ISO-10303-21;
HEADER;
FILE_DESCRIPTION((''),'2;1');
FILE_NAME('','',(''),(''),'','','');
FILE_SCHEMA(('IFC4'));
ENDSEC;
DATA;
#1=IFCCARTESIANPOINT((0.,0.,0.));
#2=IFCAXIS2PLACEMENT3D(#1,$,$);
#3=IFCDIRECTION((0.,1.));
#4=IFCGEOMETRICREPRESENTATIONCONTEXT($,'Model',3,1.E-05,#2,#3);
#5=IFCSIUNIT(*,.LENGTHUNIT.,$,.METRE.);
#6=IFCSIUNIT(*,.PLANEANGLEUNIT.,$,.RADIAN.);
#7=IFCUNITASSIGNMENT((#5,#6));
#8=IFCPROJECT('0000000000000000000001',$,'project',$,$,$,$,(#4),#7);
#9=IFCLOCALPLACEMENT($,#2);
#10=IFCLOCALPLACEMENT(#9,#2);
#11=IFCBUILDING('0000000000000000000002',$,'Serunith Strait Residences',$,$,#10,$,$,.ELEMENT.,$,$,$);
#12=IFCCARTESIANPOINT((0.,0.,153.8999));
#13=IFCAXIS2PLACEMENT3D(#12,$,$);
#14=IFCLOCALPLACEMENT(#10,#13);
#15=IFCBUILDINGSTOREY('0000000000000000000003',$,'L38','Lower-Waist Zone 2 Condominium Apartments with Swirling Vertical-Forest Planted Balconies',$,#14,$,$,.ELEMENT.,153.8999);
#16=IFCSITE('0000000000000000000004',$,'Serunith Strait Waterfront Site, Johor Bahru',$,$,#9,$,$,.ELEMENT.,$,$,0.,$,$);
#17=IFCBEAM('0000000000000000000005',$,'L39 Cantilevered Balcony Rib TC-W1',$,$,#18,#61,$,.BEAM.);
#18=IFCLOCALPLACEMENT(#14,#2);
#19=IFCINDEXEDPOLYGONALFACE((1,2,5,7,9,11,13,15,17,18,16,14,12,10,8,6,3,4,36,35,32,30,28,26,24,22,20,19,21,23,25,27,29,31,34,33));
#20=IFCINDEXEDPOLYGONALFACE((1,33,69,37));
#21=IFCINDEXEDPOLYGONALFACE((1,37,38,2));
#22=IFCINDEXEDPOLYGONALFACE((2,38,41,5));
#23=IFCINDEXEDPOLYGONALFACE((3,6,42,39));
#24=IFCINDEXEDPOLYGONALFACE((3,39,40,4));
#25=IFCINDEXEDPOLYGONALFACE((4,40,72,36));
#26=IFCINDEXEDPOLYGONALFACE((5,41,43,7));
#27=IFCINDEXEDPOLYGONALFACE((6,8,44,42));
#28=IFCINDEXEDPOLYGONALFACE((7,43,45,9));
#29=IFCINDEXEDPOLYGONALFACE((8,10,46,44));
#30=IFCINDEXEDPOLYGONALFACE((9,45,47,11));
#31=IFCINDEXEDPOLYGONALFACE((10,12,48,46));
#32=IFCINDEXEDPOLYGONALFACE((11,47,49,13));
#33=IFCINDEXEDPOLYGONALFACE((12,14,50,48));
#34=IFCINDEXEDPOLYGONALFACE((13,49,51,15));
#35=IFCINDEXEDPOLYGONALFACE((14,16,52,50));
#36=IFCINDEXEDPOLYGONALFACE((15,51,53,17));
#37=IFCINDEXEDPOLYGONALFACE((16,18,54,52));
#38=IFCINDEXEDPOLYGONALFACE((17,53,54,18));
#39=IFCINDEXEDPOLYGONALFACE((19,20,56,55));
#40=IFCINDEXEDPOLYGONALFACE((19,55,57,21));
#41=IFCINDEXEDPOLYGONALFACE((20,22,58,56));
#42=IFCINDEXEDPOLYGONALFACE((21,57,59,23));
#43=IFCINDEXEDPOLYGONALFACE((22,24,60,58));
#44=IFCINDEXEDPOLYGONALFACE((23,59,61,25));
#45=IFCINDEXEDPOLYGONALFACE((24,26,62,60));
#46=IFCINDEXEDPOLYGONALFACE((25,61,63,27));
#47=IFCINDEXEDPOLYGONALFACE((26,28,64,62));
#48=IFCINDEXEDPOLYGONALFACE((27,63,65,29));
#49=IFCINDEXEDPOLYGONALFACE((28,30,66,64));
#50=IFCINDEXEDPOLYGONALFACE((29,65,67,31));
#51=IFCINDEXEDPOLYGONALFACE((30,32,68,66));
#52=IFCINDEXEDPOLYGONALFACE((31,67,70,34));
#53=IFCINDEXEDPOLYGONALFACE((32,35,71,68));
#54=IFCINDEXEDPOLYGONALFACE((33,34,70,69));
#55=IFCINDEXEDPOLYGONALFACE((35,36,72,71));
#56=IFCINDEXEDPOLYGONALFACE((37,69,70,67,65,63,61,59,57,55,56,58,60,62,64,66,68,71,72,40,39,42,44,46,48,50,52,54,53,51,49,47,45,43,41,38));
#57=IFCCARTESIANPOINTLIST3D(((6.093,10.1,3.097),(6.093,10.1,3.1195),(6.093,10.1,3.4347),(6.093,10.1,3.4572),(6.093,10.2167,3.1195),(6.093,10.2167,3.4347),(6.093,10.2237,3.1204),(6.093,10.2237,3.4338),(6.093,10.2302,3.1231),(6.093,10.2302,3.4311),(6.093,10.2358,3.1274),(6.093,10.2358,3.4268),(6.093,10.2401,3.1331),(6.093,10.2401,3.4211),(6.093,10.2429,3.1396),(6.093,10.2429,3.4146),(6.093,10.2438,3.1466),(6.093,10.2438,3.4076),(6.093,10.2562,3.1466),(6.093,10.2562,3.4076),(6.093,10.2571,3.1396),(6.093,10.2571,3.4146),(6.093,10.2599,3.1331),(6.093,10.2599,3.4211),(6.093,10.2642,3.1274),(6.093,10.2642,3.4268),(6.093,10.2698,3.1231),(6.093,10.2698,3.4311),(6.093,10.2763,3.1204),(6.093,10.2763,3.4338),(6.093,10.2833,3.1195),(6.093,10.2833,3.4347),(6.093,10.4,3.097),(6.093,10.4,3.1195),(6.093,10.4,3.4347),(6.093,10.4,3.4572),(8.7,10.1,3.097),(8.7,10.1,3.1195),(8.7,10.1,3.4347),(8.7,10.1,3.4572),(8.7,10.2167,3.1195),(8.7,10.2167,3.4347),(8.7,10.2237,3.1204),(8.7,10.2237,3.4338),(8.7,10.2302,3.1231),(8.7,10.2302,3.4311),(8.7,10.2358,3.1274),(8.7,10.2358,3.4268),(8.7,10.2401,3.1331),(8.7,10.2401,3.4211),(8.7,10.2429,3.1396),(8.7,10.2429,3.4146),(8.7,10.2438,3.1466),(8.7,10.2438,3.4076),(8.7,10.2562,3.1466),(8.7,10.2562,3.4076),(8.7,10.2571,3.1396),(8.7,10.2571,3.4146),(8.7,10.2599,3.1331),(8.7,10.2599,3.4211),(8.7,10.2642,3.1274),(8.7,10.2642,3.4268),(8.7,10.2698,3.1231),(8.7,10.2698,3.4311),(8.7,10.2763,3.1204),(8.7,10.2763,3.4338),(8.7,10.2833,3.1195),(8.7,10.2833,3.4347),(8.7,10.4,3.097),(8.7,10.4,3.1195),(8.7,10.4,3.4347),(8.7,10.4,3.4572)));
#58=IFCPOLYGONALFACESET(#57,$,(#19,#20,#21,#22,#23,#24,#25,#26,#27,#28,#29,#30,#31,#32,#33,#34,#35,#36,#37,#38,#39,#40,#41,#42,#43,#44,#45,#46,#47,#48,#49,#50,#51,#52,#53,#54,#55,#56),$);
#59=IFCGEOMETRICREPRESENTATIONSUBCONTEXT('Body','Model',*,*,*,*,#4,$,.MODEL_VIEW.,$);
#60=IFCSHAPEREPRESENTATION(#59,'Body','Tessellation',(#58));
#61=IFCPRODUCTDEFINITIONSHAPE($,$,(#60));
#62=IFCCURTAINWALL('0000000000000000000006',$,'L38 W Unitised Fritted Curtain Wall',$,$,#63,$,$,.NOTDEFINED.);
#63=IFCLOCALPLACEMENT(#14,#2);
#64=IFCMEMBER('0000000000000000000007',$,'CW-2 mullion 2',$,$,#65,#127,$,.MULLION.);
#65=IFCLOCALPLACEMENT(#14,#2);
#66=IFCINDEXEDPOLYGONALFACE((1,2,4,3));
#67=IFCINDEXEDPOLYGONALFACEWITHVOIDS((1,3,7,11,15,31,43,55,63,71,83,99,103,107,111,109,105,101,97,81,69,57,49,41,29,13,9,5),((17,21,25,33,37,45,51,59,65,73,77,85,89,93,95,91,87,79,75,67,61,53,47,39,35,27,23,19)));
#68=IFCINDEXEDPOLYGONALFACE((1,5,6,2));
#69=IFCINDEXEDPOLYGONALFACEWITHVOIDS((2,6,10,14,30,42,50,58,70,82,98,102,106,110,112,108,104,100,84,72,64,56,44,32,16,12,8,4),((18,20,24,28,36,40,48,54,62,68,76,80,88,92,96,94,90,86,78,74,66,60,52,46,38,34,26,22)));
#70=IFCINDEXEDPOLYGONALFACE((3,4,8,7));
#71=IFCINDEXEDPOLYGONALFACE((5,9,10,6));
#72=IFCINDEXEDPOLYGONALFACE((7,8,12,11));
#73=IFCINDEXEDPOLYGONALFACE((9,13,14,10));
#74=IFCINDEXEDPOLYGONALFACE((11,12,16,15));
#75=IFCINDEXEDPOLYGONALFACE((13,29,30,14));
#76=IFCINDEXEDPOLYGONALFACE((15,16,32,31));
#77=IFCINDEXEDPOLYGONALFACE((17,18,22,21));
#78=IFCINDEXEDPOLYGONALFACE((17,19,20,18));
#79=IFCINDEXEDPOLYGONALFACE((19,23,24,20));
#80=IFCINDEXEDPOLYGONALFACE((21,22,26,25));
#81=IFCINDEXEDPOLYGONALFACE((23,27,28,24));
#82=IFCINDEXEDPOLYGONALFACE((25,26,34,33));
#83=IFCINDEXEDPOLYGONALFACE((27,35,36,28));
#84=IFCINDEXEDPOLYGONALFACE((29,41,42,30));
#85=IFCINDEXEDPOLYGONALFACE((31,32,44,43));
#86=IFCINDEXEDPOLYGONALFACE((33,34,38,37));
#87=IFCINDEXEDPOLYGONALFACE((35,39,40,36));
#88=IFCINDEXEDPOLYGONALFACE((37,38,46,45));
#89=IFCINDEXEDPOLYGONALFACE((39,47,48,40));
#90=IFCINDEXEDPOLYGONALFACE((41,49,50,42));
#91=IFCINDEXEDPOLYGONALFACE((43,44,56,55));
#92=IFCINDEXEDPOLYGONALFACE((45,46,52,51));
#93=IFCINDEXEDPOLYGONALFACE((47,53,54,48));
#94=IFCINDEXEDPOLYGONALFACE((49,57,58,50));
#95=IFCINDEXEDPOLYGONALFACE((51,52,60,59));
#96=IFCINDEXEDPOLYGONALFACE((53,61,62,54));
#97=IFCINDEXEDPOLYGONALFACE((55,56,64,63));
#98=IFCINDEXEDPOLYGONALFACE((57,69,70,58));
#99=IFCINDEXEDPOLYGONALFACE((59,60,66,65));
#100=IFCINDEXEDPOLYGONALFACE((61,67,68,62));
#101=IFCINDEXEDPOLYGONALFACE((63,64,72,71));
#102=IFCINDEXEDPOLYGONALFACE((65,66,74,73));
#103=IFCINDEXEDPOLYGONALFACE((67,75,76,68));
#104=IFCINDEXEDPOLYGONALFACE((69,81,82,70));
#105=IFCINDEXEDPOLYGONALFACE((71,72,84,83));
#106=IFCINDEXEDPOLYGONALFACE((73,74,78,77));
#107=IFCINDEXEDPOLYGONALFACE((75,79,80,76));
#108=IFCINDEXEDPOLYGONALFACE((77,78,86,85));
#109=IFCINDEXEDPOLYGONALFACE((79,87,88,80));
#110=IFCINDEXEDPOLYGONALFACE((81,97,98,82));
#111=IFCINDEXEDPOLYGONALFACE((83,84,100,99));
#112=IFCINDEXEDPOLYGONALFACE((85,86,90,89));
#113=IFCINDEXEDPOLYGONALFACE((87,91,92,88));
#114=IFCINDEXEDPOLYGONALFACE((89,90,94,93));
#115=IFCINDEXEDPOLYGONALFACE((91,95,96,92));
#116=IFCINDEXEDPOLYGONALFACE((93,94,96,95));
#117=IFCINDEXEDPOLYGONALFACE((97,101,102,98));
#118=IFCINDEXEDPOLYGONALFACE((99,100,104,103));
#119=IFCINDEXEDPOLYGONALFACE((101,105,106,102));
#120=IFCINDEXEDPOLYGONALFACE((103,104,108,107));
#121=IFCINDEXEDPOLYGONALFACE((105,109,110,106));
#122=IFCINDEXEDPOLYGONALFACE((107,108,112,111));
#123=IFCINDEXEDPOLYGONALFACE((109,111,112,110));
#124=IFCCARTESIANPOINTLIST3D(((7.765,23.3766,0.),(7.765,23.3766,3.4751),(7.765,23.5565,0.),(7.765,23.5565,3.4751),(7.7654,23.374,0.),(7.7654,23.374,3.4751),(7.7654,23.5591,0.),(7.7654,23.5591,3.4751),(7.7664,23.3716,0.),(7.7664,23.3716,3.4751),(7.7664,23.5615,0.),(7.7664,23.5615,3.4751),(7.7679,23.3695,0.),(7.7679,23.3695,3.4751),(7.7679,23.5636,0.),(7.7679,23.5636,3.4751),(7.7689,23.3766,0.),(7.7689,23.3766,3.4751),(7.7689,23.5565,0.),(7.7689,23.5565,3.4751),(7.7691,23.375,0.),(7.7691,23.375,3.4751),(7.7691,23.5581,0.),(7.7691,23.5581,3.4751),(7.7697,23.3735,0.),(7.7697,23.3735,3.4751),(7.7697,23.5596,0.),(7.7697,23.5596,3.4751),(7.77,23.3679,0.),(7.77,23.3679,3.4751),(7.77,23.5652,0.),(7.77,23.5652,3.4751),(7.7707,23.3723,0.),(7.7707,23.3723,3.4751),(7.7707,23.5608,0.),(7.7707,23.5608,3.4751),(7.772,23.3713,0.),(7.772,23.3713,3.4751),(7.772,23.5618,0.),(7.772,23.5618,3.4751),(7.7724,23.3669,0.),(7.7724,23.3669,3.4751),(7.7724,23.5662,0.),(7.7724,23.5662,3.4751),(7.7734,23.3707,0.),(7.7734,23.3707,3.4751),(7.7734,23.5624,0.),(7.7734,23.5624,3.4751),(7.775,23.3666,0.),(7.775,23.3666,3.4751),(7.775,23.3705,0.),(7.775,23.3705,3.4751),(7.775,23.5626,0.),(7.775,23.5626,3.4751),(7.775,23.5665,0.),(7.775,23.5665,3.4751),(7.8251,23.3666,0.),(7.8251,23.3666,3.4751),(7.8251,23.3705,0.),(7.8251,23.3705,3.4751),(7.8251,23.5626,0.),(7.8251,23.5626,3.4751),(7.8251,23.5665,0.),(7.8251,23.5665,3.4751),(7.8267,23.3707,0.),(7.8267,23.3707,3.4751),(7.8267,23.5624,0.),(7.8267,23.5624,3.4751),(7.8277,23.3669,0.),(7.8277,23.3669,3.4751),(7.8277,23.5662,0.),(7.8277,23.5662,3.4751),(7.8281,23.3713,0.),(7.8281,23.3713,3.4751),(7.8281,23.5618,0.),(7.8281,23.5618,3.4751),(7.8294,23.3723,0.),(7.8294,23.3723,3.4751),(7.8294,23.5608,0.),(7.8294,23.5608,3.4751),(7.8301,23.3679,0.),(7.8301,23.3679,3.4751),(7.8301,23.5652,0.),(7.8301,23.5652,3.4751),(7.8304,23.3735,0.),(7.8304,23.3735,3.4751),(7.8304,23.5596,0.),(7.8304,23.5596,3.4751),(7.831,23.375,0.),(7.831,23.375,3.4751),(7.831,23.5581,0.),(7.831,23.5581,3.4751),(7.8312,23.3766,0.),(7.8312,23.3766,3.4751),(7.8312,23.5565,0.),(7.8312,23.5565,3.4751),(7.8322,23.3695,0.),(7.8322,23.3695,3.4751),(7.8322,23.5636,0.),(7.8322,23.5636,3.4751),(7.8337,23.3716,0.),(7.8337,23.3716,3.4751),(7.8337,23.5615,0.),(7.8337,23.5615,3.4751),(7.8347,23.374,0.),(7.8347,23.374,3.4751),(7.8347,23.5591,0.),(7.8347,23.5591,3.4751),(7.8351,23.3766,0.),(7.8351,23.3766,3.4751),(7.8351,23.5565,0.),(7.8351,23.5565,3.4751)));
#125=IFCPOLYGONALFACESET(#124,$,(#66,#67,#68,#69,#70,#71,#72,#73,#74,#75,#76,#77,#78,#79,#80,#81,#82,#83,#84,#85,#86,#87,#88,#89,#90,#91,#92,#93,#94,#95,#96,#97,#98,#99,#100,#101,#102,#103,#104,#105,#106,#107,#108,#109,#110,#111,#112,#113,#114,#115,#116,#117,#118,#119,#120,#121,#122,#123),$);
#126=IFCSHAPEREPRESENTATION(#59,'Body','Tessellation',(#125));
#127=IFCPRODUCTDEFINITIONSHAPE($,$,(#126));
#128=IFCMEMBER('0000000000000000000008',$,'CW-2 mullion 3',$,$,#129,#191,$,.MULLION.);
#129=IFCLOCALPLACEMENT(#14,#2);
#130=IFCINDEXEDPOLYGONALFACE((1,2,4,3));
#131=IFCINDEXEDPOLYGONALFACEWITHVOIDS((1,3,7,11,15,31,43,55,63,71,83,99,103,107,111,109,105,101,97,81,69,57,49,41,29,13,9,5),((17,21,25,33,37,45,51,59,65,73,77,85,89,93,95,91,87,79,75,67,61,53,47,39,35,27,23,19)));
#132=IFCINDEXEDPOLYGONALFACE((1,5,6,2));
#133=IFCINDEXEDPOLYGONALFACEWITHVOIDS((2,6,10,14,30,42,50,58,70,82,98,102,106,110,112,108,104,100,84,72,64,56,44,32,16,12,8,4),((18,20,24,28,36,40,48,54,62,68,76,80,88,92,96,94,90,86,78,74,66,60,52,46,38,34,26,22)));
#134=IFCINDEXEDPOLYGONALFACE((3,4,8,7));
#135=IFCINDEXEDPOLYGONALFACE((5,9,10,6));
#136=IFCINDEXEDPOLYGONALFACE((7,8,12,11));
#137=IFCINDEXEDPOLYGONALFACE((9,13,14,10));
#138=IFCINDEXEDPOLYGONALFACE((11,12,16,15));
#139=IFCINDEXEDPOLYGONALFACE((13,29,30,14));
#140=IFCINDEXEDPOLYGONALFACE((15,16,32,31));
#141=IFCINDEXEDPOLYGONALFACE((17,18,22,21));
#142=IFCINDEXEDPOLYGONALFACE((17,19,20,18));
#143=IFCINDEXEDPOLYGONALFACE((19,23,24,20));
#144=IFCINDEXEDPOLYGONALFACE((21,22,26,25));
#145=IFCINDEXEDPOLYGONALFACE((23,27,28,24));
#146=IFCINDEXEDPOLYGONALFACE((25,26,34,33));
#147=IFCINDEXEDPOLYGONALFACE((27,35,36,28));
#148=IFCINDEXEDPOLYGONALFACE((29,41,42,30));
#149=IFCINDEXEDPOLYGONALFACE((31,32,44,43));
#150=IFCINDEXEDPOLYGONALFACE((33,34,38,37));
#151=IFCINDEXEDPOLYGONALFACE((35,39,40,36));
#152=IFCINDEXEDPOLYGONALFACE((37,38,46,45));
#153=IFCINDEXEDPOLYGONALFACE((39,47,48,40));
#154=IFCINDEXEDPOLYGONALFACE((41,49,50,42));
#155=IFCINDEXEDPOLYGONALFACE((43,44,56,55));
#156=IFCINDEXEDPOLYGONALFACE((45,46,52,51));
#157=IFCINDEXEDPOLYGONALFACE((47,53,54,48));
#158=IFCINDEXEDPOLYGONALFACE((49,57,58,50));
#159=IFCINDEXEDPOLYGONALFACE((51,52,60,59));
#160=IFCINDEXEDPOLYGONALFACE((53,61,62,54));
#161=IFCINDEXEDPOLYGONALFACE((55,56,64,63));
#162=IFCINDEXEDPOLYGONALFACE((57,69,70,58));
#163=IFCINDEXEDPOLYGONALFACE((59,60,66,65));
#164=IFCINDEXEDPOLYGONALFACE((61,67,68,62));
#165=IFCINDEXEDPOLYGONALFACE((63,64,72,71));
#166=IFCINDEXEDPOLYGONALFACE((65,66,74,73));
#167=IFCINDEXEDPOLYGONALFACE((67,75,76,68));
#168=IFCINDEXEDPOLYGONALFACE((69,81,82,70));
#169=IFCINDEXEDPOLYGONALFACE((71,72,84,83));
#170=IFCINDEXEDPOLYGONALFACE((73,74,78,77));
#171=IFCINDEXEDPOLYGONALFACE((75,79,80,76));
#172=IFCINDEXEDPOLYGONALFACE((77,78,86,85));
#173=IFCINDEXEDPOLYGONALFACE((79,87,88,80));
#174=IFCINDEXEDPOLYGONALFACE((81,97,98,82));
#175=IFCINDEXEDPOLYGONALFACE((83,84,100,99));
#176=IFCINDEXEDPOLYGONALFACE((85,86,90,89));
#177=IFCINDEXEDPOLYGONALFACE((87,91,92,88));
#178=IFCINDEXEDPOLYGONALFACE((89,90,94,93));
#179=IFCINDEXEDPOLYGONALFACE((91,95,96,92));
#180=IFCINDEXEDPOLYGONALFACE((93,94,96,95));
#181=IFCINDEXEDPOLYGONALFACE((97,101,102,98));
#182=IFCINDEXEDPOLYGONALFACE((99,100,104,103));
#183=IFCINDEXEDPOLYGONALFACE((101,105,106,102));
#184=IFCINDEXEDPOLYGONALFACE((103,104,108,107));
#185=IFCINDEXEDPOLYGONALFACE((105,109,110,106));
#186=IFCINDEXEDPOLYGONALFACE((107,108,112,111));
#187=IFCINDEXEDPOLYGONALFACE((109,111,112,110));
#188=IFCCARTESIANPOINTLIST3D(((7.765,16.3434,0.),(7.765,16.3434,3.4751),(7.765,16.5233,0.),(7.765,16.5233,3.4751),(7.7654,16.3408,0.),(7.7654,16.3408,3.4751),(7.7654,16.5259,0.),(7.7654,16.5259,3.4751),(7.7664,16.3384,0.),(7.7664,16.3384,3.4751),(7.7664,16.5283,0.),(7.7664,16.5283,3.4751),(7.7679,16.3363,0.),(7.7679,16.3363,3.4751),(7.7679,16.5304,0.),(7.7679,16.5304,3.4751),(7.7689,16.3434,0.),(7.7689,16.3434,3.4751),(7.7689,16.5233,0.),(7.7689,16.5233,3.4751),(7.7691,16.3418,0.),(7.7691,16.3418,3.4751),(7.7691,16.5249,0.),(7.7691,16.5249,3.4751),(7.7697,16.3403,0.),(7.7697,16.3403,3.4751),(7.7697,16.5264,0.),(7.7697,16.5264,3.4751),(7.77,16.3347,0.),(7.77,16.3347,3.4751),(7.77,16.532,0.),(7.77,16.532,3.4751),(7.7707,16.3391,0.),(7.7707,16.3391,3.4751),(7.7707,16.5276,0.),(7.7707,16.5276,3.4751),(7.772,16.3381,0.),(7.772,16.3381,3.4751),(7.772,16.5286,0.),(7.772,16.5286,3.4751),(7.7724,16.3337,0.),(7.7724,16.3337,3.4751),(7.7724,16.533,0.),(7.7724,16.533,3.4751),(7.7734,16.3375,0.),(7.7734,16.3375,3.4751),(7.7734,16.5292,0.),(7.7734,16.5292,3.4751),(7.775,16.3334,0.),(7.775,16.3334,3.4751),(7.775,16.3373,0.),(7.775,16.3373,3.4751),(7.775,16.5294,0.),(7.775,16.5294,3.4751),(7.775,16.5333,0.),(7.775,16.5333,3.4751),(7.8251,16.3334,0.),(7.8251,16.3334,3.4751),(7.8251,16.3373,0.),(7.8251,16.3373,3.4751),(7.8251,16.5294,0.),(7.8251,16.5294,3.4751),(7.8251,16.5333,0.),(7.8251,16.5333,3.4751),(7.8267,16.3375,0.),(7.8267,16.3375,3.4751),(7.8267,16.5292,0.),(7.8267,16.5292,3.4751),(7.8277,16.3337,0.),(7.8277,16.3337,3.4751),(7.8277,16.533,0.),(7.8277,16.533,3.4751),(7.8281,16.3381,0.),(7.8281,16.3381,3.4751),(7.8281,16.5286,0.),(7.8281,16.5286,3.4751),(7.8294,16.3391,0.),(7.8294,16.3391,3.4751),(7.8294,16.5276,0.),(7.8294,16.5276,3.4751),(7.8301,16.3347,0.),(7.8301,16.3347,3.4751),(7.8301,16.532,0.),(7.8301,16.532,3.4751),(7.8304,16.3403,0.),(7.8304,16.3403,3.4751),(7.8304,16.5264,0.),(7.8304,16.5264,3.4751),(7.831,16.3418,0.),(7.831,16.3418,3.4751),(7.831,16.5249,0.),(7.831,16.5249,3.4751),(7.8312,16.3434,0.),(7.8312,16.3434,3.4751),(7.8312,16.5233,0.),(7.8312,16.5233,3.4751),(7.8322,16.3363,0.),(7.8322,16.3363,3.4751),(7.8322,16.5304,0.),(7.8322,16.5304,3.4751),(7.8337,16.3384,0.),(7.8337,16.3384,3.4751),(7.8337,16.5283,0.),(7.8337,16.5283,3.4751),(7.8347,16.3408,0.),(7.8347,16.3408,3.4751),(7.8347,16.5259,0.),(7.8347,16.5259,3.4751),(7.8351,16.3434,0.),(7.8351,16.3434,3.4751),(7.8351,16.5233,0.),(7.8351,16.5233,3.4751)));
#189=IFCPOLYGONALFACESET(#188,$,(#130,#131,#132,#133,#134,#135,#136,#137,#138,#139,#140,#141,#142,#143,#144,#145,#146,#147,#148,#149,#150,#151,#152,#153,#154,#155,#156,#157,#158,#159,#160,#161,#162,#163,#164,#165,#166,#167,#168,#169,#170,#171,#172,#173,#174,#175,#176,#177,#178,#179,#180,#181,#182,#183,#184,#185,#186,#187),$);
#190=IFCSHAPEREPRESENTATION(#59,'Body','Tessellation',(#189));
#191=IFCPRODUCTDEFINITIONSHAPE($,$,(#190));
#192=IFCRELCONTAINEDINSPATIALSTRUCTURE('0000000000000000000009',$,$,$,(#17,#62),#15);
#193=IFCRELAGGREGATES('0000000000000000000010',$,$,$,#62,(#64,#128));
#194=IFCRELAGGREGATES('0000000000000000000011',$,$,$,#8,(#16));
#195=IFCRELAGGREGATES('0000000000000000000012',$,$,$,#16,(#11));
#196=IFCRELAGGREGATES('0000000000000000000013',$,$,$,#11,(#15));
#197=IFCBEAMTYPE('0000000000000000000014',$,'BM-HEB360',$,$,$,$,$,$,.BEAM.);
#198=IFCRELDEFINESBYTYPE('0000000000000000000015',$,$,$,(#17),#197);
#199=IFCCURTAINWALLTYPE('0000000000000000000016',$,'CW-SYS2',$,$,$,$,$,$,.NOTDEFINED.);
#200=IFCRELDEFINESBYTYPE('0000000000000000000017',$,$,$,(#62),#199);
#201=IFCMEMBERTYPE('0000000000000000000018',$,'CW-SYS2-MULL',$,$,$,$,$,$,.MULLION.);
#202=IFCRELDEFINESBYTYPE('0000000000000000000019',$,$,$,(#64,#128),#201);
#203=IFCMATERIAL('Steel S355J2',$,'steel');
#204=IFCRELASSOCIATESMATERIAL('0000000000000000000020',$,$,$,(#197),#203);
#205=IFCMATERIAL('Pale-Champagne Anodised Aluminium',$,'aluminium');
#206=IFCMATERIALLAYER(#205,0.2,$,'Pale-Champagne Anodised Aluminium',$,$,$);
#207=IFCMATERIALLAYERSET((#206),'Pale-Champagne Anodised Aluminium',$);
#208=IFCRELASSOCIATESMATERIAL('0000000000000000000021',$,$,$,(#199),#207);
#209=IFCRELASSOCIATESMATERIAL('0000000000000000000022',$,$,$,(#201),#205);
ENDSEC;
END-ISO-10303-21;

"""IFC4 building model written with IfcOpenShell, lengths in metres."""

from ifc_helpers import new_model, si_unit, direction, frame, origin, origin_2d, place, context, subcontext, project, spatial, hollow_rectangle, i_section, extrude, source, transform, mapped, material, layer, layer_set, material_profile, profile_set, type_object, element, aggregate, save


model = new_model("IFC4")

# Units and contexts
model_context = context("Model", 3, precision=1e-05, world=origin(), true_north=direction((0.0, 1.0)))
body_context = subcontext(model_context, "Body", "Model", "MODEL_VIEW")
ifc_project = project(units=[si_unit("LENGTHUNIT", "METRE"), si_unit("PLANEANGLEUNIT", "RADIAN")], contexts=[model_context])

# Site, building, storey
site_placement = place(None, origin())
site = spatial("IfcSite", under=ifc_project, at=site_placement, Name="Serunith Strait Waterfront Site, Johor Bahru", CompositionType="ELEMENT", RefElevation=0.0)
building_placement = place(site_placement, origin())
building = spatial("IfcBuilding", under=site, at=building_placement, Name="Serunith Strait Residences", CompositionType="ELEMENT")
storey_placement = place(building_placement, frame((0.0, 0.0, 153.8999)))
storey = spatial("IfcBuildingStorey", under=building, at=storey_placement, Name="L38", Description="Lower-Waist Zone 2 Condominium Apartments with Swirling Vertical-Forest Planted Balconies", CompositionType="ELEMENT", Elevation=153.8999)

# Beam
ifc_material_1 = material(Name="Steel S355J2", Category="steel")
ifc_material_profile_1 = material_profile(ifc_material_1, i_section(OverallWidth=0.3, OverallDepth=0.3601, WebThickness=0.0125, FlangeThickness=0.0225, FilletRadius=0.0271, at=origin_2d()), Name="HEB 360")
ifc_profile_set_1 = profile_set([ifc_material_profile_1], Name="Steel S355J2")
beam_type_1 = type_object("IfcBeamType", Name="BM-HEB360", PredefinedType="BEAM", material=ifc_profile_set_1)
shared_shape_1 = source(origin(), body_context, "Body", "SweptSolid", [
    extrude(i_section(OverallWidth=0.3, OverallDepth=0.3601, WebThickness=0.0125, FlangeThickness=0.0225, FilletRadius=0.0271, at=origin_2d()), origin(), (0.0, 0.0, 1.0), 2.6069),
])
beam_1_placement = place(storey_placement, frame((8.7, 10.25, 3.2771), z_axis=(-1.0, 0.0, 0.0), x_axis=(0.0, -1.0, 0.0)))
element("IfcBeam", 1, at=beam_1_placement, inside=storey, type_object=beam_type_1, Name="L39 Cantilevered Balcony Rib TC-W1", PredefinedType="BEAM", context=body_context, shape_type="MappedRepresentation", body=[
    mapped(shared_shape_1, transform((0.0, 0.0, 0.0), scale=1.0)),
])

# Curtain wall, members
ifc_material_2 = material(Name="Pale-Champagne Anodised Aluminium", Category="aluminium")
ifc_layer_1 = layer(ifc_material_2, 0.2, Name="Pale-Champagne Anodised Aluminium")
ifc_layer_set_1 = layer_set([ifc_layer_1], Name="Pale-Champagne Anodised Aluminium")
curtain_wall_type = type_object("IfcCurtainWallType", Name="CW-SYS2", PredefinedType="NOTDEFINED", material=ifc_layer_set_1)
curtain_wall_placement = place(storey_placement, origin())
curtain_wall = element("IfcCurtainWall", 2, at=curtain_wall_placement, inside=storey, type_object=curtain_wall_type, Name="L38 W Unitised Fritted Curtain Wall", PredefinedType="NOTDEFINED")
ifc_material_profile_2 = material_profile(ifc_material_2, hollow_rectangle(XDim=0.0701, YDim=0.2, WallThickness=0.0039, InnerFilletRadius=0.0061, OuterFilletRadius=0.01, at=origin_2d()), Name="ALU 200x70x4")
ifc_profile_set_2 = profile_set([ifc_material_profile_2], Name="Pale-Champagne Anodised Aluminium")
member_type_1 = type_object("IfcMemberType", Name="CW-SYS2-MULL", PredefinedType="MULLION", material=ifc_profile_set_2)
shared_shape_2 = source(origin(), body_context, "Body", "SweptSolid", [
    extrude(hollow_rectangle(XDim=0.0701, YDim=0.2, WallThickness=0.0039, InnerFilletRadius=0.0061, OuterFilletRadius=0.01, at=origin_2d()), origin(), (0.0, 0.0, 1.0), 3.4751),
])
member_1_placement = place(storey_placement, frame((7.8, 23.4666, 0.0), z_axis=(0.0, 0.0, 1.0), x_axis=(1.0, 0.0, 0.0)))
member_1 = element("IfcMember", 3, at=member_1_placement, type_object=member_type_1, Name="CW-2 mullion 2", PredefinedType="MULLION", context=body_context, shape_type="MappedRepresentation", body=[
    mapped(shared_shape_2, transform((0.0, 0.0, 0.0), scale=1.0)),
])
member_2_placement = place(storey_placement, frame((7.8, 16.4333, 0.0), z_axis=(0.0, 0.0, 1.0), x_axis=(1.0, 0.0, 0.0)))
member_2 = element("IfcMember", 4, at=member_2_placement, type_object=member_type_1, Name="CW-2 mullion 3", PredefinedType="MULLION", context=body_context, shape_type="MappedRepresentation", body=[
    mapped(shared_shape_2, transform((0.0, 0.0, 0.0), scale=1.0)),
])
aggregate(curtain_wall, [member_1, member_2])

save(model, "model.ifc")
